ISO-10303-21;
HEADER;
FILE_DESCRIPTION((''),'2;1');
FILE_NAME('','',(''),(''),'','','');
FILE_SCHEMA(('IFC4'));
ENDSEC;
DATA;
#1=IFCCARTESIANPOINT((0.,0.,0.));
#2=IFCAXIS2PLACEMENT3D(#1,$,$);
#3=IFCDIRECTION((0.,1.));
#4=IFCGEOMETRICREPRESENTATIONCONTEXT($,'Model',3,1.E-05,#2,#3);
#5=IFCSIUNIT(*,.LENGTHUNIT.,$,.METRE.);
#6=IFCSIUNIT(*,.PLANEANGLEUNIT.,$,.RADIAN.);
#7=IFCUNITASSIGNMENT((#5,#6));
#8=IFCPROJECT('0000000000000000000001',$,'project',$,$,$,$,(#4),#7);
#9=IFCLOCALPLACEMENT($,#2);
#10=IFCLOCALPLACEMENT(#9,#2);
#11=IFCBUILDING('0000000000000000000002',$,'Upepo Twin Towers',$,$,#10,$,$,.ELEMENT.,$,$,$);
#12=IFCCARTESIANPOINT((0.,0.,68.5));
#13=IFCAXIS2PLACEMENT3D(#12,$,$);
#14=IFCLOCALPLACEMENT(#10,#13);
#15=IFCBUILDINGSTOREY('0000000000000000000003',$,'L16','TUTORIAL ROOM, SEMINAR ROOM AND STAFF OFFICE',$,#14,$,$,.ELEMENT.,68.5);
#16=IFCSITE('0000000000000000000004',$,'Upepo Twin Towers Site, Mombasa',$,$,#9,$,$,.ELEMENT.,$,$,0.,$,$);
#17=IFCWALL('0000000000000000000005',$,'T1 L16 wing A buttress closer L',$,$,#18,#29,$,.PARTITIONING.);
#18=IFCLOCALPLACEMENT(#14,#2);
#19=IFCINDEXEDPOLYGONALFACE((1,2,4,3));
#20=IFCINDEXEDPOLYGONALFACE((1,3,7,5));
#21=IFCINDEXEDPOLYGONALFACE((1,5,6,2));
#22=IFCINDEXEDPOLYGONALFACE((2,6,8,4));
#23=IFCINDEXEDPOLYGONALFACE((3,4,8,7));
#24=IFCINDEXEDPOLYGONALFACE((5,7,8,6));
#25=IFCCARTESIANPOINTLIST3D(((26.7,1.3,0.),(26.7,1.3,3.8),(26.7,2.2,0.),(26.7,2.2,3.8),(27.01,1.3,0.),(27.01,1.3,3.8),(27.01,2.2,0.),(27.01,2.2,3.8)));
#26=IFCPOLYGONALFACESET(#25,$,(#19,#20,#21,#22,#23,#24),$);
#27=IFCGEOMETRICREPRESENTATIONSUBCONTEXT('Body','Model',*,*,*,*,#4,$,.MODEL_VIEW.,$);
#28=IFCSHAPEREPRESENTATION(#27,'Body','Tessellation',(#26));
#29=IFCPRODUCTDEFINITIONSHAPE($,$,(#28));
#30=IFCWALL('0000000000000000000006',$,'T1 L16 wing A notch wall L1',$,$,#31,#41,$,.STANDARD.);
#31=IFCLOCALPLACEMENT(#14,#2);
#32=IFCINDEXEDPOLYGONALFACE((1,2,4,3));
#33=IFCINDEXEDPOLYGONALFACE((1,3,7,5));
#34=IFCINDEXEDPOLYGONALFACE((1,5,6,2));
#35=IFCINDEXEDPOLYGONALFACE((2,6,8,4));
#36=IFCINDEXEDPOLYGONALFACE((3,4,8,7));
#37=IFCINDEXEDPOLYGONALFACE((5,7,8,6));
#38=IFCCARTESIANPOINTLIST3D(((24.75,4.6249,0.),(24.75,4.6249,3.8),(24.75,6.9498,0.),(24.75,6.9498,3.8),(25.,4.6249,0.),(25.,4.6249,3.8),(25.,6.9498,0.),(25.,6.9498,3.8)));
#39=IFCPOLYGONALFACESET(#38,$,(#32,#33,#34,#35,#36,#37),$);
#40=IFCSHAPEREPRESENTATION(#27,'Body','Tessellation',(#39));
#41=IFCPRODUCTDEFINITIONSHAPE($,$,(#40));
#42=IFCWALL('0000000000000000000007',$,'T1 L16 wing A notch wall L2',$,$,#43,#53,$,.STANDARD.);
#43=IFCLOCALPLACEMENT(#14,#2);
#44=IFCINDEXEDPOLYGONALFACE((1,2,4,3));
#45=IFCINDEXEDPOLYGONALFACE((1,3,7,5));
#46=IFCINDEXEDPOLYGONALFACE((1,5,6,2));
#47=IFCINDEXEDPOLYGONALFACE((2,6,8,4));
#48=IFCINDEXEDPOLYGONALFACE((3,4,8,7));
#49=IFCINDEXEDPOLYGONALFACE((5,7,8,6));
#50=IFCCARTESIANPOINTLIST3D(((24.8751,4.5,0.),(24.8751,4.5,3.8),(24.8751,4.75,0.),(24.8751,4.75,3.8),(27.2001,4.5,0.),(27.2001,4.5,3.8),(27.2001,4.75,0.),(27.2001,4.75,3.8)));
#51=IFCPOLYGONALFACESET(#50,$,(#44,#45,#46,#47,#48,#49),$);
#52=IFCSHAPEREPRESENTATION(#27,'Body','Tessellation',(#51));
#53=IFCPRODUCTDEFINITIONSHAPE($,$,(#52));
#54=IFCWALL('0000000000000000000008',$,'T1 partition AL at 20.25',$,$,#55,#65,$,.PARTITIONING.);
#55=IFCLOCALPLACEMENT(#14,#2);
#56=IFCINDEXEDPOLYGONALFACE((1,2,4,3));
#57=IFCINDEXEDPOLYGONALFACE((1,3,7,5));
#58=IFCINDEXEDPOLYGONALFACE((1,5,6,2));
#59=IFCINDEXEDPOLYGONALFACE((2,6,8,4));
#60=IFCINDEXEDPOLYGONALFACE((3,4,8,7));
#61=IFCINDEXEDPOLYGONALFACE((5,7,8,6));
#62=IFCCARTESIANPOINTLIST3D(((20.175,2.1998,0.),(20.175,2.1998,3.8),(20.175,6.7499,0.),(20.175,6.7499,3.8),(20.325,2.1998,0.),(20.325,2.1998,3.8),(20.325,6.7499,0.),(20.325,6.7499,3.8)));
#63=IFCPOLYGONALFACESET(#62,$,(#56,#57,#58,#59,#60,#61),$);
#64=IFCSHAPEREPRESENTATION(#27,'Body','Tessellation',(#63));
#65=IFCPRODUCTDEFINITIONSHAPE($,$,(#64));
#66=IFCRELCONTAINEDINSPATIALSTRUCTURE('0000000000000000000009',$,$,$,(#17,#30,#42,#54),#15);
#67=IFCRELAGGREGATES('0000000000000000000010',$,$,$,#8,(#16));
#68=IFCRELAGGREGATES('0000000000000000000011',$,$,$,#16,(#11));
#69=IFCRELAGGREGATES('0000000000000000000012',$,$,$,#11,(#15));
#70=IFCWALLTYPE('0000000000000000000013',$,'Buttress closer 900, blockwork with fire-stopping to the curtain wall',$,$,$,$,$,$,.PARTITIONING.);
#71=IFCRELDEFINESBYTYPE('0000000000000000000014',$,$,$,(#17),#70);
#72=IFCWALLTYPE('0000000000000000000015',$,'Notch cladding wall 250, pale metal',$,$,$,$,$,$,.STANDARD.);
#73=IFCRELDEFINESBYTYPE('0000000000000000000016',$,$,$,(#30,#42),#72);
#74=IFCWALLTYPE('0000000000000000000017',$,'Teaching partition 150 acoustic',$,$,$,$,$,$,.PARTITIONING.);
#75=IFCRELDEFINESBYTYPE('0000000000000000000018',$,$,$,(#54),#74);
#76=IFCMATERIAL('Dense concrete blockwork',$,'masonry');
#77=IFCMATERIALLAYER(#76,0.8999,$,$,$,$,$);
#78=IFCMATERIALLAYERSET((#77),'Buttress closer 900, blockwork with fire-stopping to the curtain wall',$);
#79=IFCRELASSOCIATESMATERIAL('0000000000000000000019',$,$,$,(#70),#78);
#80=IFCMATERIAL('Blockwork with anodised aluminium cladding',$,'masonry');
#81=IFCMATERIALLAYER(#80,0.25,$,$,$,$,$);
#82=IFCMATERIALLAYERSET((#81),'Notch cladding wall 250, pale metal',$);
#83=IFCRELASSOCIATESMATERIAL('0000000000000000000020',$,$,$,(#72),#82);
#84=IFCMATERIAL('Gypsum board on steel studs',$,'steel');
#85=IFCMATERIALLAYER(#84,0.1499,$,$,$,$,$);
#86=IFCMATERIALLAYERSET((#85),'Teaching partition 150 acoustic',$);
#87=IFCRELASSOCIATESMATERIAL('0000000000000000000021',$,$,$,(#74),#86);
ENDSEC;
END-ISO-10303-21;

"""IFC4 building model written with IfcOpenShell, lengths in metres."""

from ifc_helpers import new_model, si_unit, direction, frame, frame_2d, origin, place, context, subcontext, project, spatial, rectangle, extrude, material, layer, layer_set, type_object, element, save


model = new_model("IFC4")

# Units and contexts
model_context = context("Model", 3, precision=1e-05, world=origin(), true_north=direction((0.0, 1.0)))
body_context = subcontext(model_context, "Body", "Model", "MODEL_VIEW")
ifc_project = project(units=[si_unit("LENGTHUNIT", "METRE"), si_unit("PLANEANGLEUNIT", "RADIAN")], contexts=[model_context])

# Site, building, storey
site_placement = place(None, origin())
site = spatial("IfcSite", under=ifc_project, at=site_placement, Name="Upepo Twin Towers Site, Mombasa", CompositionType="ELEMENT", RefElevation=0.0)
building_placement = place(site_placement, origin())
building = spatial("IfcBuilding", under=site, at=building_placement, Name="Upepo Twin Towers", CompositionType="ELEMENT")
storey_placement = place(building_placement, frame((0.0, 0.0, 68.5)))
storey = spatial("IfcBuildingStorey", under=building, at=storey_placement, Name="L16", Description="TUTORIAL ROOM, SEMINAR ROOM AND STAFF OFFICE", CompositionType="ELEMENT", Elevation=68.5)

# Walls
ifc_material_1 = material(Name="Dense concrete blockwork", Category="masonry")
ifc_layer_1 = layer(ifc_material_1, 0.8999)
ifc_layer_set_1 = layer_set([ifc_layer_1], Name="Buttress closer 900, blockwork with fire-stopping to the curtain wall")
wall_type_1 = type_object("IfcWallType", Name="Buttress closer 900, blockwork with fire-stopping to the curtain wall", PredefinedType="PARTITIONING", material=ifc_layer_set_1)
wall_1_placement = place(storey_placement, frame((26.7, 1.75, 0.0), z_axis=(0.0, 0.0, 1.0), x_axis=(1.0, 0.0, 0.0)))
element("IfcWall", 1, at=wall_1_placement, inside=storey, type_object=wall_type_1, Name="T1 L16 wing A buttress closer L", PredefinedType="PARTITIONING", context=body_context, shape_type="SweptSolid", body=[
    extrude(rectangle(XDim=0.3101, YDim=0.8999, at=frame_2d((0.155, 0.0))), origin(), (0.0, 0.0, 1.0), 3.8),
])
ifc_material_2 = material(Name="Blockwork with anodised aluminium cladding", Category="masonry")
ifc_layer_2 = layer(ifc_material_2, 0.25)
ifc_layer_set_2 = layer_set([ifc_layer_2], Name="Notch cladding wall 250, pale metal")
wall_type_2 = type_object("IfcWallType", Name="Notch cladding wall 250, pale metal", PredefinedType="STANDARD", material=ifc_layer_set_2)
for number, where, z_axis, x_axis, name in (
    (2, (24.875, 6.95, 0.0), (0.0, 0.0, 1.0), (0.0, -1.0, 0.0), "T1 L16 wing A notch wall L1"),
    (3, (24.875, 4.625, 0.0), (0.0, 0.0, 1.0), (1.0, 0.0, 0.0), "T1 L16 wing A notch wall L2"),
):
    element("IfcWall", number, at=place(storey_placement, frame(where, z_axis=z_axis, x_axis=x_axis)), inside=storey, type_object=wall_type_2, Name=name, PredefinedType="STANDARD", context=body_context, shape_type="SweptSolid", body=[
        extrude(rectangle(XDim=2.325, YDim=0.25, at=frame_2d((1.1626, 0.0))), origin(), (0.0, 0.0, 1.0), 3.8),
    ])
ifc_material_3 = material(Name="Gypsum board on steel studs", Category="steel")
ifc_layer_3 = layer(ifc_material_3, 0.1499)
ifc_layer_set_3 = layer_set([ifc_layer_3], Name="Teaching partition 150 acoustic")
wall_type_3 = type_object("IfcWallType", Name="Teaching partition 150 acoustic", PredefinedType="PARTITIONING", material=ifc_layer_set_3)
wall_2_placement = place(storey_placement, frame((20.25, 2.2, 0.0), z_axis=(0.0, 0.0, 1.0), x_axis=(0.0, 1.0, 0.0)))
element("IfcWall", 4, at=wall_2_placement, inside=storey, type_object=wall_type_3, Name="T1 partition AL at 20.25", PredefinedType="PARTITIONING", context=body_context, shape_type="SweptSolid", body=[
    extrude(rectangle(XDim=4.55, YDim=0.1499, at=frame_2d((2.2749, 0.0))), origin(), (0.0, 0.0, 1.0), 3.8),
])

save(model, "model.ifc")
